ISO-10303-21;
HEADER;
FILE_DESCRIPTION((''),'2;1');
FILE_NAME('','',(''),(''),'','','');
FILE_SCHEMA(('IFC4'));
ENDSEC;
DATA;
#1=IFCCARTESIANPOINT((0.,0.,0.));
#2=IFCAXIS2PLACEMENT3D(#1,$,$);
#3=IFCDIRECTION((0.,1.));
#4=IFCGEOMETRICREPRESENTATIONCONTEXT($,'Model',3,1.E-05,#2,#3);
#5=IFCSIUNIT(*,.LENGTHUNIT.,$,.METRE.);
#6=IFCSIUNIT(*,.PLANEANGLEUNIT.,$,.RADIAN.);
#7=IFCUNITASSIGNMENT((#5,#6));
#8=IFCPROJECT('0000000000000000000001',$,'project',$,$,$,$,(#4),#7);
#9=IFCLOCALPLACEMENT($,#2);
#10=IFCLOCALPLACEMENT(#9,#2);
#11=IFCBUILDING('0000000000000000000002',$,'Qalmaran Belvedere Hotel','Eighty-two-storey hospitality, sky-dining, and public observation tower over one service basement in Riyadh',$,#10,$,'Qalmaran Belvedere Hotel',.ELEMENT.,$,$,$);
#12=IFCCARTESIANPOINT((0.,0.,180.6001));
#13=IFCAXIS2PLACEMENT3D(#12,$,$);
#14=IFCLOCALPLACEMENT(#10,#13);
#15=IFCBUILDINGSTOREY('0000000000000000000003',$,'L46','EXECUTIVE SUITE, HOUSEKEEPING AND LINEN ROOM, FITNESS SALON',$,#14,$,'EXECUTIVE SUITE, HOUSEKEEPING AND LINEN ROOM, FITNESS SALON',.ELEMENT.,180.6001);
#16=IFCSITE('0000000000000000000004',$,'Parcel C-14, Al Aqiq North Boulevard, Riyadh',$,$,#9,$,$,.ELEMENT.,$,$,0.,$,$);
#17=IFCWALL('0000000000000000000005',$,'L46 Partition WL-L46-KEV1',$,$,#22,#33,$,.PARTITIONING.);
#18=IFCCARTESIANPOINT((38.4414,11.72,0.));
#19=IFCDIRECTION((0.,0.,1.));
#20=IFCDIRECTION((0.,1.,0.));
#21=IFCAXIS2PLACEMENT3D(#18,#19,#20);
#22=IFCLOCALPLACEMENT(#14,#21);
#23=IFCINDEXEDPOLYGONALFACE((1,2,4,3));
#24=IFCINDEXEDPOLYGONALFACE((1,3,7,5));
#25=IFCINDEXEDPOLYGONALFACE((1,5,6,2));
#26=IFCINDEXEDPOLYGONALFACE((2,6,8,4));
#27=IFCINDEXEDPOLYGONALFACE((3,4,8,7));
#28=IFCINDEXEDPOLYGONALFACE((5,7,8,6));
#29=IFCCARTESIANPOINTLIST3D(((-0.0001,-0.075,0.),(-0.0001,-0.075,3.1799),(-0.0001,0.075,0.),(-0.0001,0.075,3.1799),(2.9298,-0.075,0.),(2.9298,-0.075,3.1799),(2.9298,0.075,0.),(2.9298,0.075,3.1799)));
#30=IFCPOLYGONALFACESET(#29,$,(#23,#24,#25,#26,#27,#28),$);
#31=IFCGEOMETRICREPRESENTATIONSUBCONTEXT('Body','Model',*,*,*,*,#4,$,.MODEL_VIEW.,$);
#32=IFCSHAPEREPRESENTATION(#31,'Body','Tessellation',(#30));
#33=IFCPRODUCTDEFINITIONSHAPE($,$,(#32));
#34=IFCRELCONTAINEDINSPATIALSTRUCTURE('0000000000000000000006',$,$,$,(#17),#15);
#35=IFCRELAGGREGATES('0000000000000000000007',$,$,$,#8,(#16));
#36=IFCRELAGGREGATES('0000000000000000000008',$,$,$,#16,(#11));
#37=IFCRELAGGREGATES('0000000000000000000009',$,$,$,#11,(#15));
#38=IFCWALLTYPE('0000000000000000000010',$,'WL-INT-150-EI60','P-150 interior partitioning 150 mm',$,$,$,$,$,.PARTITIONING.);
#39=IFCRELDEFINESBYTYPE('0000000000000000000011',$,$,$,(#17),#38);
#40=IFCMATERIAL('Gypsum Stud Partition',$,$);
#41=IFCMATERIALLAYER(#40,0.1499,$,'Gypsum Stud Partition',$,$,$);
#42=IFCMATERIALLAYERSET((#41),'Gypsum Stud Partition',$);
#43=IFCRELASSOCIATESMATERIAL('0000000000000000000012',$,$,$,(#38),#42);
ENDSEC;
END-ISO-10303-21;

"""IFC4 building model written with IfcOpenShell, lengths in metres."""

from ifc_helpers import new_model, si_unit, direction, frame, frame_2d, origin, place, context, subcontext, project, spatial, rectangle, extrude, material, layer, layer_set, type_object, element, save


model = new_model("IFC4")

# Units and contexts
model_context = context("Model", 3, precision=1e-05, world=origin(), true_north=direction((0.0, 1.0)))
body_context = subcontext(model_context, "Body", "Model", "MODEL_VIEW")
ifc_project = project(units=[si_unit("LENGTHUNIT", "METRE"), si_unit("PLANEANGLEUNIT", "RADIAN")], contexts=[model_context])

# Site, building, storey
site_placement = place(None, origin())
site = spatial("IfcSite", under=ifc_project, at=site_placement, Name="Parcel C-14, Al Aqiq North Boulevard, Riyadh", CompositionType="ELEMENT", RefElevation=0.0)
building_placement = place(site_placement, origin())
building = spatial("IfcBuilding", under=site, at=building_placement, Name="Qalmaran Belvedere Hotel", Description="Eighty-two-storey hospitality, sky-dining, and public observation tower over one service basement in Riyadh", LongName="Qalmaran Belvedere Hotel", CompositionType="ELEMENT")
storey_placement = place(building_placement, frame((0.0, 0.0, 180.6001)))
storey = spatial("IfcBuildingStorey", under=building, at=storey_placement, Name="L46", Description="EXECUTIVE SUITE, HOUSEKEEPING AND LINEN ROOM, FITNESS SALON", LongName="EXECUTIVE SUITE, HOUSEKEEPING AND LINEN ROOM, FITNESS SALON", CompositionType="ELEMENT", Elevation=180.6001)

# Wall
ifc_material_1 = material(Name="Gypsum Stud Partition")
ifc_layer_1 = layer(ifc_material_1, 0.1499, Name="Gypsum Stud Partition")
ifc_layer_set_1 = layer_set([ifc_layer_1], Name="Gypsum Stud Partition")
wall_type_1 = type_object("IfcWallType", Name="WL-INT-150-EI60", Description="P-150 interior partitioning 150 mm", PredefinedType="PARTITIONING", material=ifc_layer_set_1)
wall_1_placement = place(storey_placement, frame((38.4414, 11.72, 0.0), z_axis=(0.0, 0.0, 1.0), x_axis=(0.0, 1.0, 0.0)))
element("IfcWall", 1, at=wall_1_placement, inside=storey, type_object=wall_type_1, Name="L46 Partition WL-L46-KEV1", PredefinedType="PARTITIONING", context=body_context, shape_type="SweptSolid", body=[
    extrude(rectangle(XDim=2.9299, YDim=0.1499, at=frame_2d((1.4648, 0.0))), origin(), (0.0, 0.0, 1.0), 3.1799),
])

save(model, "model.ifc")
